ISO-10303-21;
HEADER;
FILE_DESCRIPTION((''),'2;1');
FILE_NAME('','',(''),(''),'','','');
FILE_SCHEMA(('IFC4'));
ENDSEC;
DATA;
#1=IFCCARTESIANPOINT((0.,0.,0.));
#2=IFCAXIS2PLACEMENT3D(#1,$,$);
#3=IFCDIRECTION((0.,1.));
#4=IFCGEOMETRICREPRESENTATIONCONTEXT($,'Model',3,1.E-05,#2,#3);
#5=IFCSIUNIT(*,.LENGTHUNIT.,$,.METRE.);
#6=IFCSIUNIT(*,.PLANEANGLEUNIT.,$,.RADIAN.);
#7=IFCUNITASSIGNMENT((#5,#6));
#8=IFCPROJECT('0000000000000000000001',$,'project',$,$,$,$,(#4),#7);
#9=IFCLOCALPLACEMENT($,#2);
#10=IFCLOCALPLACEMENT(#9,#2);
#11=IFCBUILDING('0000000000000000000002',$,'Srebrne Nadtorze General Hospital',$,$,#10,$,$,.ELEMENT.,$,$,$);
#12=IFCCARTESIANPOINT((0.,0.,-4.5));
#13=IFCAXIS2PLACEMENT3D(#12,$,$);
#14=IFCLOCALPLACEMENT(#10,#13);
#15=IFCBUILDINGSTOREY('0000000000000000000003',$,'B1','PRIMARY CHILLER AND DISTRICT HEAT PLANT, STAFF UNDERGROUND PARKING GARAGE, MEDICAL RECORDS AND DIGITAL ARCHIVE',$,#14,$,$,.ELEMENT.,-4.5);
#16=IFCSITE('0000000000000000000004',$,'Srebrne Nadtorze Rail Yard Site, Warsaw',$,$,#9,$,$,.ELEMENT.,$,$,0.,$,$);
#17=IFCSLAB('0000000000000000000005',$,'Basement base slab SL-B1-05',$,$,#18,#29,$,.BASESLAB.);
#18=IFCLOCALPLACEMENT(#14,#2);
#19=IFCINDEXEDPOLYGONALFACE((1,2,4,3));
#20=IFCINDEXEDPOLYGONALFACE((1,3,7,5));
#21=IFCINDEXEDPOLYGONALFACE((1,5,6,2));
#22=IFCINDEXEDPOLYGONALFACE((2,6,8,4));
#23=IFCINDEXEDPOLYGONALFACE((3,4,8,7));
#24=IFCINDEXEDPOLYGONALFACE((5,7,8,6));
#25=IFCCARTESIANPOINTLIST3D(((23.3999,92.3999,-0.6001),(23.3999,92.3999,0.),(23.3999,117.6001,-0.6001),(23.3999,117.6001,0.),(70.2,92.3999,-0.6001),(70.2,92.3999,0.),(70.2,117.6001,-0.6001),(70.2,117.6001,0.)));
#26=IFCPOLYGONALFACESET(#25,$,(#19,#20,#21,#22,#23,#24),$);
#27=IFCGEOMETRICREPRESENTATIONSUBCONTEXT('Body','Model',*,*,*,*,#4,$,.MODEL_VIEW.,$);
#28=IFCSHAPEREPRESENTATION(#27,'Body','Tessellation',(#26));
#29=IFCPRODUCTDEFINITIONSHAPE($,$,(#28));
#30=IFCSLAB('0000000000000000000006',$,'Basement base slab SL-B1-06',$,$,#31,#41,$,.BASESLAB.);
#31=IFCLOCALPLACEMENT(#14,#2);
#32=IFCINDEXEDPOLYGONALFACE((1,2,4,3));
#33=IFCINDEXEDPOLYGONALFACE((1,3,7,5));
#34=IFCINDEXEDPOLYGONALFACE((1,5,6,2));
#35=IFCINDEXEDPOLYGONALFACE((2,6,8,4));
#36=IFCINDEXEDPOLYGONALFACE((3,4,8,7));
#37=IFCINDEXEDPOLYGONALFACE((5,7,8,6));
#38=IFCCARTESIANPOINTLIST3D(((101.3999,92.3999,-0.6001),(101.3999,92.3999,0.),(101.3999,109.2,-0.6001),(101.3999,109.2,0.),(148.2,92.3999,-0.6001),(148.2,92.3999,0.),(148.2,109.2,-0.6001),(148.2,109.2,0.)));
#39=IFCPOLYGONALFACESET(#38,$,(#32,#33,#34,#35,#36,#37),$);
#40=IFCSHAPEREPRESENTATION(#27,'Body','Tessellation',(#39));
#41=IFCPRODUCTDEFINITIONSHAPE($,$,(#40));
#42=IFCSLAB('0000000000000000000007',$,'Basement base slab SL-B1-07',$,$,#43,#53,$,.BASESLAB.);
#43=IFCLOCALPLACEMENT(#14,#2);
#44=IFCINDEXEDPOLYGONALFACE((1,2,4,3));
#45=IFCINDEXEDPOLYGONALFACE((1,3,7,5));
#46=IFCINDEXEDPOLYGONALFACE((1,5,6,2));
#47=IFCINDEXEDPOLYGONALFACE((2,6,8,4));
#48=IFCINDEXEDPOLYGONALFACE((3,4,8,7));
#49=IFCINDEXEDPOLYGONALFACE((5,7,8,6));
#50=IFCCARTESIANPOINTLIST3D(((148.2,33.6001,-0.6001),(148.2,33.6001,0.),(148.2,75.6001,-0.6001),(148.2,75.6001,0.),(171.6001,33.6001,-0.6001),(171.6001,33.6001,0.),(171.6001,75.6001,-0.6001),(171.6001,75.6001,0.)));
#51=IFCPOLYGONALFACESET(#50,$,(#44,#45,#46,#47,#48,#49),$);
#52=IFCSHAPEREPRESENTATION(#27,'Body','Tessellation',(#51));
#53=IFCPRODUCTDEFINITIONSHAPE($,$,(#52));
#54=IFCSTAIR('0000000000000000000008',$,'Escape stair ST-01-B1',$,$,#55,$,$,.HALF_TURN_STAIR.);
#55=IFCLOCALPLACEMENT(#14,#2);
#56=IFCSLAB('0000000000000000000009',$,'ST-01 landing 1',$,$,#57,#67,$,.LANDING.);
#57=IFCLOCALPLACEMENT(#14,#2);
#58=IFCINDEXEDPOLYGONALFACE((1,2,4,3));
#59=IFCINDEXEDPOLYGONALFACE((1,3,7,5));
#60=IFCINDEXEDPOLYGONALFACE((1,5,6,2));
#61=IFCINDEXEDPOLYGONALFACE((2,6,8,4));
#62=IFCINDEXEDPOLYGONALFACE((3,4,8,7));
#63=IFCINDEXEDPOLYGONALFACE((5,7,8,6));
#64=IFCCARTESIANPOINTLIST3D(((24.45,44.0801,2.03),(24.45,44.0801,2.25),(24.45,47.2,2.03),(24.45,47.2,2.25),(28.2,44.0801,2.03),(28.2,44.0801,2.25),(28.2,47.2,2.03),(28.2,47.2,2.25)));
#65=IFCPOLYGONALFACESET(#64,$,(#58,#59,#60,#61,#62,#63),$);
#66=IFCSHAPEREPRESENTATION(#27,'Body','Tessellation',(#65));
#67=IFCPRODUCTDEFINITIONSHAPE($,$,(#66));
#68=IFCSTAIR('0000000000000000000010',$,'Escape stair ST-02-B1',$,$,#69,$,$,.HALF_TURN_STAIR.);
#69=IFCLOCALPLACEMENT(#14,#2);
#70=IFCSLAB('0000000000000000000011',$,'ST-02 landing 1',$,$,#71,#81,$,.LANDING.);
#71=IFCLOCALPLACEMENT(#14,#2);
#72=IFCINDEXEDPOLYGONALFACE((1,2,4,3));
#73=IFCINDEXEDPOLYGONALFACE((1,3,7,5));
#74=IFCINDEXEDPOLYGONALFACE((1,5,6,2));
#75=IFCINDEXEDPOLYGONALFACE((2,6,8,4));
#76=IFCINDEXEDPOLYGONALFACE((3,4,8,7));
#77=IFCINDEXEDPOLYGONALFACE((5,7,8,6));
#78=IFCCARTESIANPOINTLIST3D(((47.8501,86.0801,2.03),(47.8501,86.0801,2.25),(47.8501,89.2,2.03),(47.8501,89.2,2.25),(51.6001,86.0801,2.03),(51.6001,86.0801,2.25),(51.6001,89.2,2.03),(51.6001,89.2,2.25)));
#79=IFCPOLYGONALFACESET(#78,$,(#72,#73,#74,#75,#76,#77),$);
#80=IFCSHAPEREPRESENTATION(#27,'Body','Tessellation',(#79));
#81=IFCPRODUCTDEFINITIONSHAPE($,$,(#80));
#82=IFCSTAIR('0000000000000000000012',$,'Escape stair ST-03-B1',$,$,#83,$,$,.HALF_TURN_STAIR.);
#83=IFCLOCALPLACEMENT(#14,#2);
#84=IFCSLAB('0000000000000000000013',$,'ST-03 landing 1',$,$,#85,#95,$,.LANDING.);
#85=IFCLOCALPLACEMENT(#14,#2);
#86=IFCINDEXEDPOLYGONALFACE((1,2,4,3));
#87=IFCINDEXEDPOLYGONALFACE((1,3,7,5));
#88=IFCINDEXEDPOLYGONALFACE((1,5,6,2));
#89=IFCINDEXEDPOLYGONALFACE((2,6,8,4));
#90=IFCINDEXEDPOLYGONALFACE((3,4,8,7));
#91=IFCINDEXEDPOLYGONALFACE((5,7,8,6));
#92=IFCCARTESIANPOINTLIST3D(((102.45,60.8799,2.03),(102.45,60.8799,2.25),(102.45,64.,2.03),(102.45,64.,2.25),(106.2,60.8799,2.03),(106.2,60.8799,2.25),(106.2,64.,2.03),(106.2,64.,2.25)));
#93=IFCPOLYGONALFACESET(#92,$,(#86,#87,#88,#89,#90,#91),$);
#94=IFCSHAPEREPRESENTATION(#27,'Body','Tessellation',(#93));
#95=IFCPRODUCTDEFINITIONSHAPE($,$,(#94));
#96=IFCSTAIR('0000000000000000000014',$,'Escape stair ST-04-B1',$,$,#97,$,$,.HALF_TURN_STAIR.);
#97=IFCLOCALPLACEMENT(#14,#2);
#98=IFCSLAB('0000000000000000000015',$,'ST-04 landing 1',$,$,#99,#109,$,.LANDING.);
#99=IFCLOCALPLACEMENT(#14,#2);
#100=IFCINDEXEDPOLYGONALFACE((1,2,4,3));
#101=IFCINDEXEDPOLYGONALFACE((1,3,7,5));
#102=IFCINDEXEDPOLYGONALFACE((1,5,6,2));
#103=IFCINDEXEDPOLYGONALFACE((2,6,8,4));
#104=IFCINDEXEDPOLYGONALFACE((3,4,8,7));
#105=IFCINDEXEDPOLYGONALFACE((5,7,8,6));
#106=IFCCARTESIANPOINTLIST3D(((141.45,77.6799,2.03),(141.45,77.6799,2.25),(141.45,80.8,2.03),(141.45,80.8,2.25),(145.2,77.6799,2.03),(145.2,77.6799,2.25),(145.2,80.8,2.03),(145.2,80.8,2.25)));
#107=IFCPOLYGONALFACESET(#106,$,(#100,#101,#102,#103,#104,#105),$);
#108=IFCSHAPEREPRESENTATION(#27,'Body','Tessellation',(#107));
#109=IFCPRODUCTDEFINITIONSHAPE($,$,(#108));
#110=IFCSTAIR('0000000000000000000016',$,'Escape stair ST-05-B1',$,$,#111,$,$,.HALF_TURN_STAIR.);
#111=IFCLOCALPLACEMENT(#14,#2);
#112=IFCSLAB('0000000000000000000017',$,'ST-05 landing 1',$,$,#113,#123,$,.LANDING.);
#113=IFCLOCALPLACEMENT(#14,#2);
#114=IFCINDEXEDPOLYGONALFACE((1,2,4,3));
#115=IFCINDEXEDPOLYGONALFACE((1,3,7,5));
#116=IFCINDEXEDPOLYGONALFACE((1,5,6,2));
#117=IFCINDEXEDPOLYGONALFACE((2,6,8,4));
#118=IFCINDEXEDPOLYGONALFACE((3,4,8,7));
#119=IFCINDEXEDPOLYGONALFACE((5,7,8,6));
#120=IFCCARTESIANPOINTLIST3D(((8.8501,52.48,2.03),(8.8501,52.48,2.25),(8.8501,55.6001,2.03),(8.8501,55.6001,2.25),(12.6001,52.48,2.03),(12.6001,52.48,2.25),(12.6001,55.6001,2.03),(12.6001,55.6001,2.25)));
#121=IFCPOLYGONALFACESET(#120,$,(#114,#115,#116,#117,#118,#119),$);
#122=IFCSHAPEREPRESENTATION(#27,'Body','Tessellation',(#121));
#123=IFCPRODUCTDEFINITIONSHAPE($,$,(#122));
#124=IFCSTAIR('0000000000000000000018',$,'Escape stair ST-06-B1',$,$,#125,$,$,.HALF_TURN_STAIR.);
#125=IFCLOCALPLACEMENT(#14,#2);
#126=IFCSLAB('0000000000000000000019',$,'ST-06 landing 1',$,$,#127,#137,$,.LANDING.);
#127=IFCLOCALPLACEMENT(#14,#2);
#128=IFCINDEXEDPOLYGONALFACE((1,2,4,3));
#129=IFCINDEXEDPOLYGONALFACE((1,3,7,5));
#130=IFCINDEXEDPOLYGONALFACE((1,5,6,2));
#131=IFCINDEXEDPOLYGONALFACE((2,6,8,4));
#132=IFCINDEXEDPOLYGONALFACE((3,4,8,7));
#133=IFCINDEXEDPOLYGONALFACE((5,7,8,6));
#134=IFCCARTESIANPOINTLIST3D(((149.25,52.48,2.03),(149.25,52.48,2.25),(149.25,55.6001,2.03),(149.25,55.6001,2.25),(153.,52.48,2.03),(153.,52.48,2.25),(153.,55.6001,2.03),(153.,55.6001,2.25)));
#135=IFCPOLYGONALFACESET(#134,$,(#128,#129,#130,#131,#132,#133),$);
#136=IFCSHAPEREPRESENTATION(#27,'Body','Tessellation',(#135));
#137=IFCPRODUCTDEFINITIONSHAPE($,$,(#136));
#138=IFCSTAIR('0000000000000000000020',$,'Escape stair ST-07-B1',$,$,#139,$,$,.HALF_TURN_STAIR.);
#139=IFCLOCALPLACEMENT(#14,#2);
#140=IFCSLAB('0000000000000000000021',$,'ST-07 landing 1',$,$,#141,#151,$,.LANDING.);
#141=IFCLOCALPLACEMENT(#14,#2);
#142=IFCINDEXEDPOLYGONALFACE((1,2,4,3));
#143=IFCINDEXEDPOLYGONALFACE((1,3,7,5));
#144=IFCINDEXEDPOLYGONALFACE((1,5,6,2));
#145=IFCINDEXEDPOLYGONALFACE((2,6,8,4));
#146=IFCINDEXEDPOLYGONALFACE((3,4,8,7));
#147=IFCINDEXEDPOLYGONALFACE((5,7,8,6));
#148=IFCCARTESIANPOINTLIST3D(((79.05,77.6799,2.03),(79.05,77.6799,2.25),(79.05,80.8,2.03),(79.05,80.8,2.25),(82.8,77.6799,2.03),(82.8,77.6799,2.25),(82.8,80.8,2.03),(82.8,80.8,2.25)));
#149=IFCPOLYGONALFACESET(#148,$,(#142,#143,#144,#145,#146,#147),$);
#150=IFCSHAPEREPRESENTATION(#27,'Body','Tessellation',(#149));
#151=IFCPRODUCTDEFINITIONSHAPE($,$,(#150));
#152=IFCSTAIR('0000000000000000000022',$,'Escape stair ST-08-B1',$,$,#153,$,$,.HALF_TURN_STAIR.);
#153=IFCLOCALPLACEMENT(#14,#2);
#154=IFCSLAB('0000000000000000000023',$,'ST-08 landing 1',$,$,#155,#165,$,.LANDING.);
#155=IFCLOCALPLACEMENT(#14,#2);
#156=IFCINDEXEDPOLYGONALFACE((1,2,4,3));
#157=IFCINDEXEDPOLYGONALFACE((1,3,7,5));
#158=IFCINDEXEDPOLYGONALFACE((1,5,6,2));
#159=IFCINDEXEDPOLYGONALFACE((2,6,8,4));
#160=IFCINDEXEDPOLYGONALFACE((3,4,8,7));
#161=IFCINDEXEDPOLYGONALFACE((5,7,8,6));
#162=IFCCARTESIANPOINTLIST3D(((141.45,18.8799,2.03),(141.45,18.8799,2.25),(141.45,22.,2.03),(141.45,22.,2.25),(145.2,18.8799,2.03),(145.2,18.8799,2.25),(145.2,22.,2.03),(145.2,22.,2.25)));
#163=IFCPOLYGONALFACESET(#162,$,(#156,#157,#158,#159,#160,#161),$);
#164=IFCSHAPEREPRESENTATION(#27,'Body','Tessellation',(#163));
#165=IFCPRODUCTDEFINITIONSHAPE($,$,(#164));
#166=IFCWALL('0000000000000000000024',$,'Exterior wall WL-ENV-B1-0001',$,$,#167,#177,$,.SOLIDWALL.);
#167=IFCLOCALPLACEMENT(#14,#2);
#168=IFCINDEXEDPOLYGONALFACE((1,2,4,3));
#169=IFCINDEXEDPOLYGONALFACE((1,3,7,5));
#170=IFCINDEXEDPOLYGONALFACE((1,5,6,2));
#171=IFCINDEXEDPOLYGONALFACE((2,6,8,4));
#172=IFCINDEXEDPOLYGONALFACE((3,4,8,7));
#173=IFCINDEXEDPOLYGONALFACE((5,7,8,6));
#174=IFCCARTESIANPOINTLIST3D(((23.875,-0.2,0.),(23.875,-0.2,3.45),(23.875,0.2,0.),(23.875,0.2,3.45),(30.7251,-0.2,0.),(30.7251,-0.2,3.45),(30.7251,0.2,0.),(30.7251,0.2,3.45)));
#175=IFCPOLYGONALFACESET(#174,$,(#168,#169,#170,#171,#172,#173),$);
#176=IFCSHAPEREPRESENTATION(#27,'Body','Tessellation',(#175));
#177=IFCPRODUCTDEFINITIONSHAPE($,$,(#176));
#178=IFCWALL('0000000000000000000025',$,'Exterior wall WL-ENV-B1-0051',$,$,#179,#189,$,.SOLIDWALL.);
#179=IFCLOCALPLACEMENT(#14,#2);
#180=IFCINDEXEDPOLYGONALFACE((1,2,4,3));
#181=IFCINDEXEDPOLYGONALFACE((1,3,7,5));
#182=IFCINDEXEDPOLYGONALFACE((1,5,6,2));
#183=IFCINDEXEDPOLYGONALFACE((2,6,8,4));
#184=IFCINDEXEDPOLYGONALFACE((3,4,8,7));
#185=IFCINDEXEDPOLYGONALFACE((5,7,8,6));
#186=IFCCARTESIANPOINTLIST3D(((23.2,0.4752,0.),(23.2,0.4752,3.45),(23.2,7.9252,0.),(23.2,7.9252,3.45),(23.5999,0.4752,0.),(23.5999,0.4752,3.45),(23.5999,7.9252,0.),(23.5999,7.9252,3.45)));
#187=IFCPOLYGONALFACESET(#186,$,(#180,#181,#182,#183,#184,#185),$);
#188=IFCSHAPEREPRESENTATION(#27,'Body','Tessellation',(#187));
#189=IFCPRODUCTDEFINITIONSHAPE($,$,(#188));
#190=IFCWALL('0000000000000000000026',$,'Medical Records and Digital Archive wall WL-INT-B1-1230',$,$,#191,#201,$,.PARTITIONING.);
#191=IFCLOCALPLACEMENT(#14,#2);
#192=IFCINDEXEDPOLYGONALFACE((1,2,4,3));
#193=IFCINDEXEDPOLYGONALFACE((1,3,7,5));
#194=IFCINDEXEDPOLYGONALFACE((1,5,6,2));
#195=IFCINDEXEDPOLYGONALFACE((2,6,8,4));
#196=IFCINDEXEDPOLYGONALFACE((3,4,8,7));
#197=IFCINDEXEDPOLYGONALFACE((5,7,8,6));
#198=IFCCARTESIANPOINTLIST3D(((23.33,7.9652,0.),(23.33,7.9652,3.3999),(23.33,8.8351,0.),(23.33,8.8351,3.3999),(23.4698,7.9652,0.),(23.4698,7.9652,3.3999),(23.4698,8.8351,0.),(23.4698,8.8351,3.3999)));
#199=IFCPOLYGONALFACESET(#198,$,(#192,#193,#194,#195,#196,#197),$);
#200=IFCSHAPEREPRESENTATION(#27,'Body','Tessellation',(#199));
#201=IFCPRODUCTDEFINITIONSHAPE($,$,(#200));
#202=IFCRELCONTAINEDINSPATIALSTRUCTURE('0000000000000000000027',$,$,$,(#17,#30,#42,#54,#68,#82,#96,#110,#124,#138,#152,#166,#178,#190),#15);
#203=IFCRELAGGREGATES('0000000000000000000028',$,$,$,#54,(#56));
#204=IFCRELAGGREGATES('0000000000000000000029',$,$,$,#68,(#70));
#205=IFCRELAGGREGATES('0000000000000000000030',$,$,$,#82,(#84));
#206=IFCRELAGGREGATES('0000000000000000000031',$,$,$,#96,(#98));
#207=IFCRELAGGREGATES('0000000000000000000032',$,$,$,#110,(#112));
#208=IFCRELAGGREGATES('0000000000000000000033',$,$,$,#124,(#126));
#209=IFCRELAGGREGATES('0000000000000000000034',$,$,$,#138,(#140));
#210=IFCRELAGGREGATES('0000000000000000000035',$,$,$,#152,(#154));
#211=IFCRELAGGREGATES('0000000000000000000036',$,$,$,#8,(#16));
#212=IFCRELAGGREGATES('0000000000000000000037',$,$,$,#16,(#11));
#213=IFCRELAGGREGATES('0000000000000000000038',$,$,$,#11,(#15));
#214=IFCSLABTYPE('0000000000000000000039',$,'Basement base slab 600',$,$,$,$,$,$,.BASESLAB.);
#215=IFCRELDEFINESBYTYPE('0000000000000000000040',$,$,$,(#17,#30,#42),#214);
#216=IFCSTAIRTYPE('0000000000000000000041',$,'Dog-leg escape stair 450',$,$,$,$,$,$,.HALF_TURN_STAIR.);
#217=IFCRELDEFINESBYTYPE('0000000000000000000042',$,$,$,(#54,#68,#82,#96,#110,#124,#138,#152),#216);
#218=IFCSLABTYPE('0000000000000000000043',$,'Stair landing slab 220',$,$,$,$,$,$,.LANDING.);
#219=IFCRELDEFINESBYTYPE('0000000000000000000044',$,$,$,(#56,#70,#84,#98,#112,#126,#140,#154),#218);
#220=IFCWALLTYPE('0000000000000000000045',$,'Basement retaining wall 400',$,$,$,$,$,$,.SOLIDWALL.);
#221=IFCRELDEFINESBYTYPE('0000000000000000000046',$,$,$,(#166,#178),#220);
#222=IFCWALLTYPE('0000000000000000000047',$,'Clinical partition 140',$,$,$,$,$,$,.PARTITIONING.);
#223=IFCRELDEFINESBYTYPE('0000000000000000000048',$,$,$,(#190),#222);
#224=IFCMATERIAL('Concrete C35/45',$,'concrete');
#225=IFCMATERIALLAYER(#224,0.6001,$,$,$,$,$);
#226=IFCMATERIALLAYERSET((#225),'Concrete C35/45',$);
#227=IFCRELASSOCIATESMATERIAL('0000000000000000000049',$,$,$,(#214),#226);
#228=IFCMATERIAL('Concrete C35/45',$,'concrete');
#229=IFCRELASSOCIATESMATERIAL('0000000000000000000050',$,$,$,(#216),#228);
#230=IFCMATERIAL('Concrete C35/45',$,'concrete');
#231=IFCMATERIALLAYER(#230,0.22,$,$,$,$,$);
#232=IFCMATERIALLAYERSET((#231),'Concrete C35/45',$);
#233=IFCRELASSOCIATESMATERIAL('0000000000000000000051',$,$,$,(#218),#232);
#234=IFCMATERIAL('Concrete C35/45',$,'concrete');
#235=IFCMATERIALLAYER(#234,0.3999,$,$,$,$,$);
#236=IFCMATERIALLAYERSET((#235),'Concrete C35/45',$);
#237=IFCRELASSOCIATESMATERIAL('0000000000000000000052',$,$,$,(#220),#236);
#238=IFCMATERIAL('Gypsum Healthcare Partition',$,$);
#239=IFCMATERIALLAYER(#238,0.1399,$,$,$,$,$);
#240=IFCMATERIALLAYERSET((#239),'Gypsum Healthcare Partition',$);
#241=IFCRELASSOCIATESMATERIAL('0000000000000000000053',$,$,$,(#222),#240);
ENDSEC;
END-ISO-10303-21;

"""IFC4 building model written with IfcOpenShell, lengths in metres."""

from ifc_helpers import new_model, si_unit, direction, frame, frame_2d, origin, place, context, subcontext, project, spatial, polyline, rectangle, outline, extrude, material, layer, layer_set, type_object, element, aggregate, save


model = new_model("IFC4")

# Units and contexts
model_context = context("Model", 3, precision=1e-05, world=origin(), true_north=direction((0.0, 1.0)))
body_context = subcontext(model_context, "Body", "Model", "MODEL_VIEW")
ifc_project = project(units=[si_unit("LENGTHUNIT", "METRE"), si_unit("PLANEANGLEUNIT", "RADIAN")], contexts=[model_context])

# Site, building, storey
site_placement = place(None, origin())
site = spatial("IfcSite", under=ifc_project, at=site_placement, Name="Srebrne Nadtorze Rail Yard Site, Warsaw", CompositionType="ELEMENT", RefElevation=0.0)
building_placement = place(site_placement, origin())
building = spatial("IfcBuilding", under=site, at=building_placement, Name="Srebrne Nadtorze General Hospital", CompositionType="ELEMENT")
storey_placement = place(building_placement, frame((0.0, 0.0, -4.5)))
storey = spatial("IfcBuildingStorey", under=building, at=storey_placement, Name="B1", Description="PRIMARY CHILLER AND DISTRICT HEAT PLANT, STAFF UNDERGROUND PARKING GARAGE, MEDICAL RECORDS AND DIGITAL ARCHIVE", CompositionType="ELEMENT", Elevation=-4.5)

# Slabs
ifc_material_1 = material(Name="Concrete C35/45", Category="concrete")
ifc_layer_1 = layer(ifc_material_1, 0.6001)
ifc_layer_set_1 = layer_set([ifc_layer_1], Name="Concrete C35/45")
slab_type_1 = type_object("IfcSlabType", Name="Basement base slab 600", PredefinedType="BASESLAB", material=ifc_layer_set_1)
slab_1_placement = place(storey_placement, frame((0.0, 0.0, -0.6001)))
element("IfcSlab", 1, at=slab_1_placement, inside=storey, type_object=slab_type_1, Name="Basement base slab SL-B1-05", PredefinedType="BASESLAB", context=body_context, shape_type="SweptSolid", body=[
    extrude(outline(polyline([(23.3999, 92.3999), (70.2, 92.3999), (70.2, 117.6001), (23.3999, 117.6001), (23.3999, 92.3999)])), origin(), (0.0, 0.0, 1.0), 0.6001),
])
slab_2_placement = place(storey_placement, frame((0.0, 0.0, -0.6001)))
element("IfcSlab", 2, at=slab_2_placement, inside=storey, type_object=slab_type_1, Name="Basement base slab SL-B1-06", PredefinedType="BASESLAB", context=body_context, shape_type="SweptSolid", body=[
    extrude(outline(polyline([(101.3999, 92.3999), (148.2, 92.3999), (148.2, 109.2), (101.3999, 109.2), (101.3999, 92.3999)])), origin(), (0.0, 0.0, 1.0), 0.6001),
])
slab_3_placement = place(storey_placement, frame((0.0, 0.0, -0.6001)))
element("IfcSlab", 3, at=slab_3_placement, inside=storey, type_object=slab_type_1, Name="Basement base slab SL-B1-07", PredefinedType="BASESLAB", context=body_context, shape_type="SweptSolid", body=[
    extrude(outline(polyline([(148.2, 33.6001), (171.6001, 33.6001), (171.6001, 75.6001), (148.2, 75.6001), (148.2, 33.6001)])), origin(), (0.0, 0.0, 1.0), 0.6001),
])

# Stairs, slabs
ifc_material_2 = material(Name="Concrete C35/45", Category="concrete")
stair_type = type_object("IfcStairType", Name="Dog-leg escape stair 450", PredefinedType="HALF_TURN_STAIR", material=ifc_material_2)
stair_1_placement = place(storey_placement, origin())
stair_1 = element("IfcStair", 4, at=stair_1_placement, inside=storey, type_object=stair_type, Name="Escape stair ST-01-B1", PredefinedType="HALF_TURN_STAIR")
ifc_material_3 = material(Name="Concrete C35/45", Category="concrete")
ifc_layer_2 = layer(ifc_material_3, 0.22)
ifc_layer_set_2 = layer_set([ifc_layer_2], Name="Concrete C35/45")
slab_type_2 = type_object("IfcSlabType", Name="Stair landing slab 220", PredefinedType="LANDING", material=ifc_layer_set_2)
slab_4_placement = place(storey_placement, frame((0.0, 0.0, 2.03)))
slab_4 = element("IfcSlab", 5, at=slab_4_placement, type_object=slab_type_2, Name="ST-01 landing 1", PredefinedType="LANDING", context=body_context, shape_type="SweptSolid", body=[
    extrude(outline(polyline([(24.45, 44.0801), (28.2, 44.0801), (28.2, 47.2), (24.45, 47.2), (24.45, 44.0801)])), origin(), (0.0, 0.0, 1.0), 0.22),
])
aggregate(stair_1, [slab_4])
stair_2_placement = place(storey_placement, origin())
stair_2 = element("IfcStair", 6, at=stair_2_placement, inside=storey, type_object=stair_type, Name="Escape stair ST-02-B1", PredefinedType="HALF_TURN_STAIR")
slab_5_placement = place(storey_placement, frame((0.0, 0.0, 2.03)))
slab_5 = element("IfcSlab", 7, at=slab_5_placement, type_object=slab_type_2, Name="ST-02 landing 1", PredefinedType="LANDING", context=body_context, shape_type="SweptSolid", body=[
    extrude(outline(polyline([(47.8501, 86.0801), (51.6001, 86.0801), (51.6001, 89.2), (47.8501, 89.2), (47.8501, 86.0801)])), origin(), (0.0, 0.0, 1.0), 0.22),
])
aggregate(stair_2, [slab_5])
stair_3_placement = place(storey_placement, origin())
stair_3 = element("IfcStair", 8, at=stair_3_placement, inside=storey, type_object=stair_type, Name="Escape stair ST-03-B1", PredefinedType="HALF_TURN_STAIR")
slab_6_placement = place(storey_placement, frame((0.0, 0.0, 2.03)))
slab_6 = element("IfcSlab", 9, at=slab_6_placement, type_object=slab_type_2, Name="ST-03 landing 1", PredefinedType="LANDING", context=body_context, shape_type="SweptSolid", body=[
    extrude(outline(polyline([(102.45, 60.8799), (106.2, 60.8799), (106.2, 64.0), (102.45, 64.0), (102.45, 60.8799)])), origin(), (0.0, 0.0, 1.0), 0.22),
])
aggregate(stair_3, [slab_6])
stair_4_placement = place(storey_placement, origin())
stair_4 = element("IfcStair", 10, at=stair_4_placement, inside=storey, type_object=stair_type, Name="Escape stair ST-04-B1", PredefinedType="HALF_TURN_STAIR")
slab_7_placement = place(storey_placement, frame((0.0, 0.0, 2.03)))
slab_7 = element("IfcSlab", 11, at=slab_7_placement, type_object=slab_type_2, Name="ST-04 landing 1", PredefinedType="LANDING", context=body_context, shape_type="SweptSolid", body=[
    extrude(outline(polyline([(141.45, 77.6799), (145.2, 77.6799), (145.2, 80.8), (141.45, 80.8), (141.45, 77.6799)])), origin(), (0.0, 0.0, 1.0), 0.22),
])
aggregate(stair_4, [slab_7])
stair_5_placement = place(storey_placement, origin())
stair_5 = element("IfcStair", 12, at=stair_5_placement, inside=storey, type_object=stair_type, Name="Escape stair ST-05-B1", PredefinedType="HALF_TURN_STAIR")
slab_8_placement = place(storey_placement, frame((0.0, 0.0, 2.03)))
slab_8 = element("IfcSlab", 13, at=slab_8_placement, type_object=slab_type_2, Name="ST-05 landing 1", PredefinedType="LANDING", context=body_context, shape_type="SweptSolid", body=[
    extrude(outline(polyline([(8.8501, 52.48), (12.6001, 52.48), (12.6001, 55.6001), (8.8501, 55.6001), (8.8501, 52.48)])), origin(), (0.0, 0.0, 1.0), 0.22),
])
aggregate(stair_5, [slab_8])
stair_6_placement = place(storey_placement, origin())
stair_6 = element("IfcStair", 14, at=stair_6_placement, inside=storey, type_object=stair_type, Name="Escape stair ST-06-B1", PredefinedType="HALF_TURN_STAIR")
slab_9_placement = place(storey_placement, frame((0.0, 0.0, 2.03)))
slab_9 = element("IfcSlab", 15, at=slab_9_placement, type_object=slab_type_2, Name="ST-06 landing 1", PredefinedType="LANDING", context=body_context, shape_type="SweptSolid", body=[
    extrude(outline(polyline([(149.25, 52.48), (153.0, 52.48), (153.0, 55.6001), (149.25, 55.6001), (149.25, 52.48)])), origin(), (0.0, 0.0, 1.0), 0.22),
])
aggregate(stair_6, [slab_9])
stair_7_placement = place(storey_placement, origin())
stair_7 = element("IfcStair", 16, at=stair_7_placement, inside=storey, type_object=stair_type, Name="Escape stair ST-07-B1", PredefinedType="HALF_TURN_STAIR")
slab_10_placement = place(storey_placement, frame((0.0, 0.0, 2.03)))
slab_10 = element("IfcSlab", 17, at=slab_10_placement, type_object=slab_type_2, Name="ST-07 landing 1", PredefinedType="LANDING", context=body_context, shape_type="SweptSolid", body=[
    extrude(outline(polyline([(79.05, 77.6799), (82.8, 77.6799), (82.8, 80.8), (79.05, 80.8), (79.05, 77.6799)])), origin(), (0.0, 0.0, 1.0), 0.22),
])
aggregate(stair_7, [slab_10])
stair_8_placement = place(storey_placement, origin())
stair_8 = element("IfcStair", 18, at=stair_8_placement, inside=storey, type_object=stair_type, Name="Escape stair ST-08-B1", PredefinedType="HALF_TURN_STAIR")
slab_11_placement = place(storey_placement, frame((0.0, 0.0, 2.03)))
slab_11 = element("IfcSlab", 19, at=slab_11_placement, type_object=slab_type_2, Name="ST-08 landing 1", PredefinedType="LANDING", context=body_context, shape_type="SweptSolid", body=[
    extrude(outline(polyline([(141.45, 18.8799), (145.2, 18.8799), (145.2, 22.0), (141.45, 22.0), (141.45, 18.8799)])), origin(), (0.0, 0.0, 1.0), 0.22),
])
aggregate(stair_8, [slab_11])

# Walls
ifc_material_4 = material(Name="Concrete C35/45", Category="concrete")
ifc_layer_3 = layer(ifc_material_4, 0.3999)
ifc_layer_set_3 = layer_set([ifc_layer_3], Name="Concrete C35/45")
wall_type_1 = type_object("IfcWallType", Name="Basement retaining wall 400", PredefinedType="SOLIDWALL", material=ifc_layer_set_3)
wall_1_placement = place(storey_placement, frame((23.875, 0.0, 0.0), z_axis=(0.0, 0.0, 1.0), x_axis=(1.0, 0.0, 0.0)))
element("IfcWall", 20, at=wall_1_placement, inside=storey, type_object=wall_type_1, Name="Exterior wall WL-ENV-B1-0001", PredefinedType="SOLIDWALL", context=body_context, shape_type="SweptSolid", body=[
    extrude(rectangle(XDim=6.8501, YDim=0.3999, at=frame_2d((3.425, 0.0))), origin(), (0.0, 0.0, 1.0), 3.45),
])
wall_2_placement = place(storey_placement, frame((23.3999, 0.4751, 0.0), z_axis=(0.0, 0.0, 1.0), x_axis=(0.0, 1.0, 0.0)))
element("IfcWall", 21, at=wall_2_placement, inside=storey, type_object=wall_type_1, Name="Exterior wall WL-ENV-B1-0051", PredefinedType="SOLIDWALL", context=body_context, shape_type="SweptSolid", body=[
    extrude(rectangle(XDim=7.45, YDim=0.3999, at=frame_2d((3.7251, 0.0))), origin(), (0.0, 0.0, 1.0), 3.45),
])
ifc_material_5 = material(Name="Gypsum Healthcare Partition")
ifc_layer_4 = layer(ifc_material_5, 0.1399)
ifc_layer_set_4 = layer_set([ifc_layer_4], Name="Gypsum Healthcare Partition")
wall_type_2 = type_object("IfcWallType", Name="Clinical partition 140", PredefinedType="PARTITIONING", material=ifc_layer_set_4)
wall_3_placement = place(storey_placement, frame((23.3999, 7.9651, 0.0), z_axis=(0.0, 0.0, 1.0), x_axis=(0.0, 1.0, 0.0)))
element("IfcWall", 22, at=wall_3_placement, inside=storey, type_object=wall_type_2, Name="Medical Records and Digital Archive wall WL-INT-B1-1230", PredefinedType="PARTITIONING", context=body_context, shape_type="SweptSolid", body=[
    extrude(rectangle(XDim=0.8699, YDim=0.1399, at=frame_2d((0.4351, 0.0))), origin(), (0.0, 0.0, 1.0), 3.3999),
])

save(model, "model.ifc")
